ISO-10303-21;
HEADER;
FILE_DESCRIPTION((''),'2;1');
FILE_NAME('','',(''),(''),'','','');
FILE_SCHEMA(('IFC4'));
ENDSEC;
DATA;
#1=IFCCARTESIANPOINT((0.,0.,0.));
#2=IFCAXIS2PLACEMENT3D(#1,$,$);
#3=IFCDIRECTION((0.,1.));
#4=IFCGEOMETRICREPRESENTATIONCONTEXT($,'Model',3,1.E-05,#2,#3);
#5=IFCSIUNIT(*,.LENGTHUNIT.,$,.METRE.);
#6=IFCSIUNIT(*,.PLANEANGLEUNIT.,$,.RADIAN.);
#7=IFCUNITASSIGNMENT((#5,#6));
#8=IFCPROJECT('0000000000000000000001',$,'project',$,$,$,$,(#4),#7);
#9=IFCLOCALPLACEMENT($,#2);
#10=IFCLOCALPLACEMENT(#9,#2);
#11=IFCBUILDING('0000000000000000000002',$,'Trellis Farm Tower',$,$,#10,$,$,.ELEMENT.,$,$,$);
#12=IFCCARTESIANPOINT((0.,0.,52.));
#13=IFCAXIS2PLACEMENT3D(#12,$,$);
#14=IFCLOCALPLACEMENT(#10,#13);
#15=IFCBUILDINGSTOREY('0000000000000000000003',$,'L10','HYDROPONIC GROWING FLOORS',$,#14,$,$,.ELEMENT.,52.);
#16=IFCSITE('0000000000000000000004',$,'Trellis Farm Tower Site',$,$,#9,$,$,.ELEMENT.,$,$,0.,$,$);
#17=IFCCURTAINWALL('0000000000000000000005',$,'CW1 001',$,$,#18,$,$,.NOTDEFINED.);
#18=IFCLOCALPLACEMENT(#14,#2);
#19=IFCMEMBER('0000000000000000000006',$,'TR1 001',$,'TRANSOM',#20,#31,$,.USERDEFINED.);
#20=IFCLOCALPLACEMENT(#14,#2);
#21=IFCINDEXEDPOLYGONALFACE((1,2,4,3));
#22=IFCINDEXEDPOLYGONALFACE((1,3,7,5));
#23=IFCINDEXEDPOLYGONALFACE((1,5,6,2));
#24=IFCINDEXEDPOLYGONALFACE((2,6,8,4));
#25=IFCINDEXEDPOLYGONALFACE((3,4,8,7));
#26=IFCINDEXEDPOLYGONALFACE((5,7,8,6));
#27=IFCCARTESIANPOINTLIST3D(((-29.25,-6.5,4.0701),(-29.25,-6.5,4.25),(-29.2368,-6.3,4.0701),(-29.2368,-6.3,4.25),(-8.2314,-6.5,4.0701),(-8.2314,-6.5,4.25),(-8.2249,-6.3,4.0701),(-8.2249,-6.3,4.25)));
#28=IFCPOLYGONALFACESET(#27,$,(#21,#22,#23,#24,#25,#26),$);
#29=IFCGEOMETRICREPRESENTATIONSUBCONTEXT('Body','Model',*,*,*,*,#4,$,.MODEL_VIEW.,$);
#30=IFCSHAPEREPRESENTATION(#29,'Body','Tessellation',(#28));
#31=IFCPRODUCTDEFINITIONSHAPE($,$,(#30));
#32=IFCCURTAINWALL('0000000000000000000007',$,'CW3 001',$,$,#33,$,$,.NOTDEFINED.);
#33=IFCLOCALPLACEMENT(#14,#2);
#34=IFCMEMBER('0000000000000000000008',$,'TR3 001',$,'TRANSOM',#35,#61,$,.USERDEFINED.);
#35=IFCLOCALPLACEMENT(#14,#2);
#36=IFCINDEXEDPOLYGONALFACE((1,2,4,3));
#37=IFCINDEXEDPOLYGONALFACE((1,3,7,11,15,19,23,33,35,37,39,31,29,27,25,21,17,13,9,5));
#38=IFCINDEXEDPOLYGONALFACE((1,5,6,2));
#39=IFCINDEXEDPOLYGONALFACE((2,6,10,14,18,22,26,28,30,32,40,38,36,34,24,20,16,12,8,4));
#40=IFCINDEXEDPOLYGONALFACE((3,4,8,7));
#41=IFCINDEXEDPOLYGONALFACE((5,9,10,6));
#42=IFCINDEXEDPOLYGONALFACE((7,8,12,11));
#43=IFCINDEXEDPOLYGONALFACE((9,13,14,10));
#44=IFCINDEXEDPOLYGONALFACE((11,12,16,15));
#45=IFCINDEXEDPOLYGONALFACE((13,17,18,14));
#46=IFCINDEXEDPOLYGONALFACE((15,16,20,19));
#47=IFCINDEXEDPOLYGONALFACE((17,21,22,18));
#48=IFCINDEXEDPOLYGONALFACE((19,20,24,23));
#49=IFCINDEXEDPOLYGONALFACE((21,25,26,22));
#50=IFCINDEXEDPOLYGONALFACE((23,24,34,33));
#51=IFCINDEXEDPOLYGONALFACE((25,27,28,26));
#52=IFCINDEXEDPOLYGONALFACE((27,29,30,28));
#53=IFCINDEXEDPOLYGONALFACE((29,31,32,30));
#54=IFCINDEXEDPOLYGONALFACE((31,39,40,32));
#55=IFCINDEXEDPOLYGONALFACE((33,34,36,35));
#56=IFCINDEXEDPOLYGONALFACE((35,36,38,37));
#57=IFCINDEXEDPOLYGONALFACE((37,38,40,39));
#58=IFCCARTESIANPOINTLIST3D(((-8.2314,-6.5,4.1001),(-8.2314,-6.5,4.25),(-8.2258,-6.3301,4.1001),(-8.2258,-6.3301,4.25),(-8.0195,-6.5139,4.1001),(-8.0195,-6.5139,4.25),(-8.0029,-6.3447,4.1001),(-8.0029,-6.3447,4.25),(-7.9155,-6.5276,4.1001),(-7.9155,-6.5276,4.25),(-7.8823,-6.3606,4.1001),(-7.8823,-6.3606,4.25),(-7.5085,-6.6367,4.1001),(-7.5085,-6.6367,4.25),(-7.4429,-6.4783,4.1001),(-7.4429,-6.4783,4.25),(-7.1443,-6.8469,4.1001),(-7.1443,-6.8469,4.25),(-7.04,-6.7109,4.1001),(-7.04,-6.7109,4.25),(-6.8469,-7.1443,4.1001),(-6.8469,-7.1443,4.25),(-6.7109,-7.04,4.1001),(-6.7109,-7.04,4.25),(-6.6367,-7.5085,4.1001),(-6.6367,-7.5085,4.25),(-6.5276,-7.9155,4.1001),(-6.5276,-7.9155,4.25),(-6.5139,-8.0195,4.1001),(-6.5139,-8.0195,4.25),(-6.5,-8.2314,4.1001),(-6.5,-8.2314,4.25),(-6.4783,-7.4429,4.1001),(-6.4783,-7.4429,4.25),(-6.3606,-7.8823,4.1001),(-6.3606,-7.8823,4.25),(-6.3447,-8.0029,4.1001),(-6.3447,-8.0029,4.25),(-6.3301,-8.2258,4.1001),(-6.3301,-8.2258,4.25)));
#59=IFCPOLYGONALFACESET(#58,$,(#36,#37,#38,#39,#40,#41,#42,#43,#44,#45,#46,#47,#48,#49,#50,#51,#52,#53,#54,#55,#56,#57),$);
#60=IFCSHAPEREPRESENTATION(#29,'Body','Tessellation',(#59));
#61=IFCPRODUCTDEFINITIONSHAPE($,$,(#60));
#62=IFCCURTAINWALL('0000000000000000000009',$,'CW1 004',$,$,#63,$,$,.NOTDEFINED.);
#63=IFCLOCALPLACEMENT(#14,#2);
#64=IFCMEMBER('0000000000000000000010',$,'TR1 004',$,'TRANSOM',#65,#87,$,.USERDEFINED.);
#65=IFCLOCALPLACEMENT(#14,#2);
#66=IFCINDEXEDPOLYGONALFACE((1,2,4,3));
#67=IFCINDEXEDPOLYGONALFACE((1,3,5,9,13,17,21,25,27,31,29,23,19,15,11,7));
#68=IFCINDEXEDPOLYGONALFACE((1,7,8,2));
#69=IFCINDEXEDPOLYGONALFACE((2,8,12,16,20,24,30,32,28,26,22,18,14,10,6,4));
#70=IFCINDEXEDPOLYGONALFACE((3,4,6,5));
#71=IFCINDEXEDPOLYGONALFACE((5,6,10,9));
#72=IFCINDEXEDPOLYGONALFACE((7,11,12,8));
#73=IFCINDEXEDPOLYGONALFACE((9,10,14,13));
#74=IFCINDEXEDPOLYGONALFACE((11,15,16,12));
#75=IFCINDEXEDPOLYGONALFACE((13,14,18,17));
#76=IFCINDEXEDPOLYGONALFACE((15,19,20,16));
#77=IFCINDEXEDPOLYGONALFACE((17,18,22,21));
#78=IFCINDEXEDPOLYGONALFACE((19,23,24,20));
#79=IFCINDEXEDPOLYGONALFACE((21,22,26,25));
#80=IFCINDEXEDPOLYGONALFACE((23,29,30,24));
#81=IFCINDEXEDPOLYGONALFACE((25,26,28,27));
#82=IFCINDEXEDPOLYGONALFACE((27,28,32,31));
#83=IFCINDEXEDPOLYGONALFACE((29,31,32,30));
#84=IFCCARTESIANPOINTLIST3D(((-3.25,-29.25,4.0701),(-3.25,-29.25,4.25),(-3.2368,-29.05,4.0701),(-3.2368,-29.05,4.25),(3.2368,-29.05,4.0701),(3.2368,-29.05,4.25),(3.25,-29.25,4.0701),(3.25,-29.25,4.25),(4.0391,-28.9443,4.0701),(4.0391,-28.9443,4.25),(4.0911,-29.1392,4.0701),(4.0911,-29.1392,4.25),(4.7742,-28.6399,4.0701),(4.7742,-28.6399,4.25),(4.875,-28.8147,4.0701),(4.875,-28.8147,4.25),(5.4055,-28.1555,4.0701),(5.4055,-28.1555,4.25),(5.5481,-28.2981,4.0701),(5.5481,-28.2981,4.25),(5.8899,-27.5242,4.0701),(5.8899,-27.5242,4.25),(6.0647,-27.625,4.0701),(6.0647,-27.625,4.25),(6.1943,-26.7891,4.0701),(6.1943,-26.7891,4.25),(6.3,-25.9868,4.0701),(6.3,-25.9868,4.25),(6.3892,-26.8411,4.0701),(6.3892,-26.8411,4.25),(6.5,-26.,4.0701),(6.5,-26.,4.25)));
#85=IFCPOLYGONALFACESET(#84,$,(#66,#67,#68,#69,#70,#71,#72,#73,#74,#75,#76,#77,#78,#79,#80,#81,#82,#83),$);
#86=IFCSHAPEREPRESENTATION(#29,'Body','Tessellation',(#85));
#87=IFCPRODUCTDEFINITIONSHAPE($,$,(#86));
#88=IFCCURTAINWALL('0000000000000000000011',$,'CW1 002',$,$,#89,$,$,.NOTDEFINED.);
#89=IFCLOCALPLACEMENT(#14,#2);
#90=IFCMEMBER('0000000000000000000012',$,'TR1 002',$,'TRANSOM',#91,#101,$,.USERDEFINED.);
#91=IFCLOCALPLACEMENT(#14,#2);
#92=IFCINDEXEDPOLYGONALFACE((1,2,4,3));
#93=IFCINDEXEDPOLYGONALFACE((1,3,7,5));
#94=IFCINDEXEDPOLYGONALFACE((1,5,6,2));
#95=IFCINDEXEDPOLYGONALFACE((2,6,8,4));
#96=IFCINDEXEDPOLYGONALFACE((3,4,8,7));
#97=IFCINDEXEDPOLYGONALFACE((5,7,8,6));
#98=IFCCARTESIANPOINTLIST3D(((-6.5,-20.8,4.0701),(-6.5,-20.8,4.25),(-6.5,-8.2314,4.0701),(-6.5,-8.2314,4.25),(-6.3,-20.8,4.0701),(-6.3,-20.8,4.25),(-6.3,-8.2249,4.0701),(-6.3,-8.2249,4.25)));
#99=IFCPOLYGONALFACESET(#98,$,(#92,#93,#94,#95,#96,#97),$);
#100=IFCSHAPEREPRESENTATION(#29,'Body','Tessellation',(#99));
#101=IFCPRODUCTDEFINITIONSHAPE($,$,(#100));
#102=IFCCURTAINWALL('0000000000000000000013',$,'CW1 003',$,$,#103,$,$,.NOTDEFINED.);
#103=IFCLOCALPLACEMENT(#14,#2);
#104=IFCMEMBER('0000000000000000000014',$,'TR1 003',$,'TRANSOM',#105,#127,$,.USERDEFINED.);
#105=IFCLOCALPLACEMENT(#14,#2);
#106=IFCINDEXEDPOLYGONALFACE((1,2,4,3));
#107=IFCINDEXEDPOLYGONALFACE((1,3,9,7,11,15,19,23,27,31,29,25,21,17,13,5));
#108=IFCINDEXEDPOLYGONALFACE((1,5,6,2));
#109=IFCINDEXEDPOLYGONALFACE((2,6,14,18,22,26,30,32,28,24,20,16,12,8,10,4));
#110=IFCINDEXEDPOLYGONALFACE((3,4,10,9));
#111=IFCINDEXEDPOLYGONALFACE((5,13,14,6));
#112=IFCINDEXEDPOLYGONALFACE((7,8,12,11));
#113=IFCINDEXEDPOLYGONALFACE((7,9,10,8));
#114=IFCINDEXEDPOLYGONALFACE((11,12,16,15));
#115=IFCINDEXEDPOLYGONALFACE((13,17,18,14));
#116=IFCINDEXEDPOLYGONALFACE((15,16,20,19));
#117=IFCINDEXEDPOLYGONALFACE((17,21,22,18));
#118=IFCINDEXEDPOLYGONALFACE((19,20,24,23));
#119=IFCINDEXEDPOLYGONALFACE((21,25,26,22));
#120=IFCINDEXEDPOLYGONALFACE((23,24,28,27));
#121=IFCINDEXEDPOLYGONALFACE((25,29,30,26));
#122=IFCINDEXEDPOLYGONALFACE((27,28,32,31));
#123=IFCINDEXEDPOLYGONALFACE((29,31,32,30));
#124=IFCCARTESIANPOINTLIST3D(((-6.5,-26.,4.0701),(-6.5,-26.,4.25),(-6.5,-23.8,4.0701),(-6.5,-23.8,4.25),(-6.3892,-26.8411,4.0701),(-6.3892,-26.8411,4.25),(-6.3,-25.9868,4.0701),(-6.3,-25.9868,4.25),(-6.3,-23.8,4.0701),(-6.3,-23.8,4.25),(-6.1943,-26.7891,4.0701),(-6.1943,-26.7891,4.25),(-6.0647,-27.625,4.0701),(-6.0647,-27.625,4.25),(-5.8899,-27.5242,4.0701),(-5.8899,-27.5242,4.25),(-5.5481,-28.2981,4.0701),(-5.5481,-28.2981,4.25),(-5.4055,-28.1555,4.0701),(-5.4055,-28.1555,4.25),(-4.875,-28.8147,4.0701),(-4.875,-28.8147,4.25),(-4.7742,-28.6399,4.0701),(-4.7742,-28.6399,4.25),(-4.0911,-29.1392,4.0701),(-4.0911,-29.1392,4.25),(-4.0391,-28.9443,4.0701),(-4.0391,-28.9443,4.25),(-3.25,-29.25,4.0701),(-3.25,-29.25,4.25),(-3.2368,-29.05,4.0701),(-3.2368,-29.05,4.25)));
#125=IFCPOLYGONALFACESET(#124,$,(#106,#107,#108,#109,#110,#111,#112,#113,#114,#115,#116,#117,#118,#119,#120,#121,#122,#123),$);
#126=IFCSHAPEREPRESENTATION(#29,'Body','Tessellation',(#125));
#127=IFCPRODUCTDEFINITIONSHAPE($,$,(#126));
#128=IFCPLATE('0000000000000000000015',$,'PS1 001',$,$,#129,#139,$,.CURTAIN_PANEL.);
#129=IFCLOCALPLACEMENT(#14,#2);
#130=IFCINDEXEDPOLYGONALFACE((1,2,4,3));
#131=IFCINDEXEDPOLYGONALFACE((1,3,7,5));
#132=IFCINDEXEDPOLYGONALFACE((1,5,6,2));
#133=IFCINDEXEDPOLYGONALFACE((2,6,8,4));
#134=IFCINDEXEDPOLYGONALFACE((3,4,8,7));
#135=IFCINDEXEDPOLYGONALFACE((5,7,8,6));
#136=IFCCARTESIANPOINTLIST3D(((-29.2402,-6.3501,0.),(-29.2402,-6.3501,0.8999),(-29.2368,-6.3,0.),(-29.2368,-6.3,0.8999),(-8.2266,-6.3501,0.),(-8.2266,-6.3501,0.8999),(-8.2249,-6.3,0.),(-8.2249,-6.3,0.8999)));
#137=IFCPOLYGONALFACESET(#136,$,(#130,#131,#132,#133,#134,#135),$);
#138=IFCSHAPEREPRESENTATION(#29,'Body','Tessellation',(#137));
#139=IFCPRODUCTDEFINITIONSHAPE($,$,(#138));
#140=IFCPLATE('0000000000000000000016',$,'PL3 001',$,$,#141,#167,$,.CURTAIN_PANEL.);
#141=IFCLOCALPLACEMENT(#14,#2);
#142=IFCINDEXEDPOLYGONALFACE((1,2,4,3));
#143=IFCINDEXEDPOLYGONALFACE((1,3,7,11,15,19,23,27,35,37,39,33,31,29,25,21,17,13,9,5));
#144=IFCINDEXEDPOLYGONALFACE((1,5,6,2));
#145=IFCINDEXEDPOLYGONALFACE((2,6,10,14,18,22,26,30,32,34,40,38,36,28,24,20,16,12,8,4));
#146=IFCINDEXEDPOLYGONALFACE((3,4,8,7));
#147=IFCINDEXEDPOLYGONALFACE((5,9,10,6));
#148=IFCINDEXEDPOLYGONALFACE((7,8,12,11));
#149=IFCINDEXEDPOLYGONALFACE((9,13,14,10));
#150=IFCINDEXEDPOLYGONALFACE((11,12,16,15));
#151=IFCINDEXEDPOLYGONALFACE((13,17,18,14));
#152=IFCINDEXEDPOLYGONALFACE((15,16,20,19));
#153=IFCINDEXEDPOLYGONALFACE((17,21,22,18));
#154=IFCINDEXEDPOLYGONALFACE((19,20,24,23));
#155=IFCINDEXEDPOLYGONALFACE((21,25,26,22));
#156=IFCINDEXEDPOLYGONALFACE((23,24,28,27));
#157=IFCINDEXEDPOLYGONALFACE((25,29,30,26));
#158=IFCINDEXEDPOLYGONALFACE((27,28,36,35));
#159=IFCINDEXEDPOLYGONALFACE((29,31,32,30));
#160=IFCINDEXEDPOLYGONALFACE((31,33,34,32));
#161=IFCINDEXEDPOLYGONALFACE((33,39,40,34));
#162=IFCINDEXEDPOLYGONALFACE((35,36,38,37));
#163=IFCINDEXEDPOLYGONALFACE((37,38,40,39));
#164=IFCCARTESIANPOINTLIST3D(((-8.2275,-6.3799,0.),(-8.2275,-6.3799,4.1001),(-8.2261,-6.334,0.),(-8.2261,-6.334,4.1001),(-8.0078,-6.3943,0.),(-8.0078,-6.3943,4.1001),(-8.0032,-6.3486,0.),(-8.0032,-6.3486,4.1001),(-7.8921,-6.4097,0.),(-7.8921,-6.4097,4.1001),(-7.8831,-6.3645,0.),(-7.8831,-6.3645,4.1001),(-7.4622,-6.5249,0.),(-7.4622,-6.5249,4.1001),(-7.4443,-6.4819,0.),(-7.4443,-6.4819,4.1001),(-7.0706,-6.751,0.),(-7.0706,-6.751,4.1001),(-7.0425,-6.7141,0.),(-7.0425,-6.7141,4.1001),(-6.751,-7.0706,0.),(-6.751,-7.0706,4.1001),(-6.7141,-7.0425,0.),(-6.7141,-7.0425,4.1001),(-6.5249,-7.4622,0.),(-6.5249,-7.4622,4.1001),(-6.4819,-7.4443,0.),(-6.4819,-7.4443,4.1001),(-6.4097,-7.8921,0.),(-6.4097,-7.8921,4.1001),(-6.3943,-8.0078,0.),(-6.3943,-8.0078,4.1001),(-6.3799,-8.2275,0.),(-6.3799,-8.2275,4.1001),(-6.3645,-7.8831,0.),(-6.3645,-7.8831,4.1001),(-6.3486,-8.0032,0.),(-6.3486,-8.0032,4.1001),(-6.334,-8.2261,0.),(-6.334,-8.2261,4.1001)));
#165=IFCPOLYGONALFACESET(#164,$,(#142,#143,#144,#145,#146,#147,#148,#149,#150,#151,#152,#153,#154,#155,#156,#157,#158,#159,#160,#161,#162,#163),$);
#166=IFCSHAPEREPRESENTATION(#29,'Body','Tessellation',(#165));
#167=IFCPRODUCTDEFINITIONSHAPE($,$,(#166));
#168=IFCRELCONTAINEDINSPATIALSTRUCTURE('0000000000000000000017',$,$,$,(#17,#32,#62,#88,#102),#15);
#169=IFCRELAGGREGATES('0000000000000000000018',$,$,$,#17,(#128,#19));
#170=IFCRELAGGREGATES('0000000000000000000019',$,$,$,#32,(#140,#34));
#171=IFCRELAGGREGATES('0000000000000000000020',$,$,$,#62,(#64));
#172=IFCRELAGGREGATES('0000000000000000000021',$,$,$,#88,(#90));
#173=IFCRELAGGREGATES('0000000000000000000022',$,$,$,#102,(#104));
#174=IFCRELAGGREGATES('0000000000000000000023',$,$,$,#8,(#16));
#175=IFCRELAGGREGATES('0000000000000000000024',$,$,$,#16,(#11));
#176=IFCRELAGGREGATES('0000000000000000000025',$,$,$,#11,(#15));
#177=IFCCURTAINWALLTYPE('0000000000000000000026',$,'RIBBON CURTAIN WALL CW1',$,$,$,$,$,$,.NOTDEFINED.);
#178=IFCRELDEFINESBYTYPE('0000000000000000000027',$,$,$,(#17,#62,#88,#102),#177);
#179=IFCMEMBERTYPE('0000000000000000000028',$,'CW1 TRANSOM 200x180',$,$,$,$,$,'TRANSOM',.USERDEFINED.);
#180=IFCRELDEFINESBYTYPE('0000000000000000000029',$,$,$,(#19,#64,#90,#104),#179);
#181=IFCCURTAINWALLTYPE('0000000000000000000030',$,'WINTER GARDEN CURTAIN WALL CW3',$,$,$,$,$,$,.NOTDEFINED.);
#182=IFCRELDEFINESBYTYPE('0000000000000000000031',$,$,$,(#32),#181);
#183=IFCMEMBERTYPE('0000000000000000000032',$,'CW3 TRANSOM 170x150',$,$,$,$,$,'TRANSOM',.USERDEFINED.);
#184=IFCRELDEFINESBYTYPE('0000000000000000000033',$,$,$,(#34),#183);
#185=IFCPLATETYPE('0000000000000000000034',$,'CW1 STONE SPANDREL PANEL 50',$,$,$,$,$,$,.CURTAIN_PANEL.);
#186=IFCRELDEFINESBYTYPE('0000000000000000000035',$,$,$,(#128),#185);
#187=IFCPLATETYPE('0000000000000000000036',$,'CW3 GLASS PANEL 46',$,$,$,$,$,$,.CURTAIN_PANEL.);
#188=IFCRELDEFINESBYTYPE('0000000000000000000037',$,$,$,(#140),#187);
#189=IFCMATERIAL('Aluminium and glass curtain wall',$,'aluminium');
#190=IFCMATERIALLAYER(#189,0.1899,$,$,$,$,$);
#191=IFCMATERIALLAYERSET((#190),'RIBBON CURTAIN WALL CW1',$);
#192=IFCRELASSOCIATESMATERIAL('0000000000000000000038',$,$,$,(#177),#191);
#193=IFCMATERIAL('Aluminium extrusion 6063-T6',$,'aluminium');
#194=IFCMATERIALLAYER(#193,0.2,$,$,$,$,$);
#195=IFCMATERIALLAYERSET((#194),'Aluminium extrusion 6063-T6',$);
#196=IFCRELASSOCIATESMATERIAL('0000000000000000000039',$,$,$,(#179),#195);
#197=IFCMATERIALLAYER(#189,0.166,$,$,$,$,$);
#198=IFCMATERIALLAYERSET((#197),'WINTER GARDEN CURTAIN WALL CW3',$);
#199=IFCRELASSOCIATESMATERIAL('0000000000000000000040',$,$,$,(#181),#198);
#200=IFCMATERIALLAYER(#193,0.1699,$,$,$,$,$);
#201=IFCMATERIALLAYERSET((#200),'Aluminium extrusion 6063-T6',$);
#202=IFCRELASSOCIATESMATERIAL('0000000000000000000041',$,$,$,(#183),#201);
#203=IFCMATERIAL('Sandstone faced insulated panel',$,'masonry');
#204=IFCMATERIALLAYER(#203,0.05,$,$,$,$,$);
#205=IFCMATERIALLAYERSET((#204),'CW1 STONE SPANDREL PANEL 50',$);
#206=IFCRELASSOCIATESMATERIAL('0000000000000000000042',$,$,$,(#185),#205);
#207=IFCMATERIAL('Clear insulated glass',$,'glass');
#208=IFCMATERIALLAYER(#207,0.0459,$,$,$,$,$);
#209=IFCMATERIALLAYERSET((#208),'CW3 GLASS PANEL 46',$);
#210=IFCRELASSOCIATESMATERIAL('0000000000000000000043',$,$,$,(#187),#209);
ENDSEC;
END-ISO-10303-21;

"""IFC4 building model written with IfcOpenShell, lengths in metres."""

from ifc_helpers import new_model, si_unit, direction, frame, origin, place, context, subcontext, project, spatial, polyline, outline, extrude, source, transform, mapped, material, layer, layer_set, type_object, element, aggregate, save


model = new_model("IFC4")

# Units and contexts
model_context = context("Model", 3, precision=1e-05, world=origin(), true_north=direction((0.0, 1.0)))
body_context = subcontext(model_context, "Body", "Model", "MODEL_VIEW")
ifc_project = project(units=[si_unit("LENGTHUNIT", "METRE"), si_unit("PLANEANGLEUNIT", "RADIAN")], contexts=[model_context])

# Site, building, storey
site_placement = place(None, origin())
site = spatial("IfcSite", under=ifc_project, at=site_placement, Name="Trellis Farm Tower Site", CompositionType="ELEMENT", RefElevation=0.0)
building_placement = place(site_placement, origin())
building = spatial("IfcBuilding", under=site, at=building_placement, Name="Trellis Farm Tower", CompositionType="ELEMENT")
storey_placement = place(building_placement, frame((0.0, 0.0, 52.0)))
storey = spatial("IfcBuildingStorey", under=building, at=storey_placement, Name="L10", Description="HYDROPONIC GROWING FLOORS", CompositionType="ELEMENT", Elevation=52.0)

# Curtain walls, members
ifc_material_1 = material(Name="Aluminium and glass curtain wall", Category="aluminium")
ifc_layer_1 = layer(ifc_material_1, 0.1899)
ifc_layer_set_1 = layer_set([ifc_layer_1], Name="RIBBON CURTAIN WALL CW1")
curtain_wall_type_1 = type_object("IfcCurtainWallType", Name="RIBBON CURTAIN WALL CW1", PredefinedType="NOTDEFINED", material=ifc_layer_set_1)
placement_1 = place(storey_placement, origin())
curtain_wall_1 = element("IfcCurtainWall", 1, at=placement_1, inside=storey, type_object=curtain_wall_type_1, Name="CW1 001", PredefinedType="NOTDEFINED")
ifc_material_2 = material(Name="Aluminium extrusion 6063-T6", Category="aluminium")
ifc_layer_2 = layer(ifc_material_2, 0.2)
ifc_layer_set_2 = layer_set([ifc_layer_2], Name="Aluminium extrusion 6063-T6")
member_type_1 = type_object("IfcMemberType", Name="CW1 TRANSOM 200x180", ElementType="TRANSOM", PredefinedType="USERDEFINED", material=ifc_layer_set_2)
shared_shape_1 = source(origin(), body_context, "Body", "SweptSolid", [
    extrude(outline(polyline([(-29.25, -6.5), (-8.2314, -6.5), (-8.2249, -6.3), (-29.2368, -6.3), (-29.25, -6.5)])), origin(), (0.0, 0.0, 1.0), 0.1799),
])
placement_2 = place(storey_placement, frame((0.0, 0.0, 4.0701)))
member_1 = element("IfcMember", 2, at=placement_2, type_object=member_type_1, Name="TR1 001", ObjectType="TRANSOM", PredefinedType="USERDEFINED", context=body_context, shape_type="MappedRepresentation", body=[
    mapped(shared_shape_1, transform((0.0, 0.0, 0.0))),
])
ifc_layer_3 = layer(ifc_material_1, 0.166)
ifc_layer_set_3 = layer_set([ifc_layer_3], Name="WINTER GARDEN CURTAIN WALL CW3")
curtain_wall_type_2 = type_object("IfcCurtainWallType", Name="WINTER GARDEN CURTAIN WALL CW3", PredefinedType="NOTDEFINED", material=ifc_layer_set_3)
curtain_wall_2 = element("IfcCurtainWall", 3, at=placement_1, inside=storey, type_object=curtain_wall_type_2, Name="CW3 001", PredefinedType="NOTDEFINED")
ifc_layer_4 = layer(ifc_material_2, 0.1699)
ifc_layer_set_4 = layer_set([ifc_layer_4], Name="Aluminium extrusion 6063-T6")
member_type_2 = type_object("IfcMemberType", Name="CW3 TRANSOM 170x150", ElementType="TRANSOM", PredefinedType="USERDEFINED", material=ifc_layer_set_4)
shared_shape_2 = source(origin(), body_context, "Body", "SweptSolid", [
    extrude(outline(polyline([(-8.2314, -6.5), (-8.0195, -6.5139), (-7.9155, -6.5276), (-7.5085, -6.6367), (-7.1443, -6.8469), (-6.8469, -7.1443), (-6.6367, -7.5085), (-6.5276, -7.9155), (-6.5139, -8.0195), (-6.5, -8.2314), (-6.3301, -8.2258), (-6.3447, -8.0029), (-6.3606, -7.8823), (-6.4783, -7.4429), (-6.7109, -7.04), (-7.04, -6.7109), (-7.4429, -6.4783), (-7.8823, -6.3606), (-8.0029, -6.3447), (-8.2258, -6.3301), (-8.2314, -6.5)])), origin(), (0.0, 0.0, 1.0), 0.1499),
])
member_2_placement = place(storey_placement, frame((0.0, 0.0, 4.1001)))
member_2 = element("IfcMember", 4, at=member_2_placement, type_object=member_type_2, Name="TR3 001", ObjectType="TRANSOM", PredefinedType="USERDEFINED", context=body_context, shape_type="MappedRepresentation", body=[
    mapped(shared_shape_2, transform((0.0, 0.0, 0.0))),
])
curtain_wall_3 = element("IfcCurtainWall", 5, at=placement_1, inside=storey, type_object=curtain_wall_type_1, Name="CW1 004", PredefinedType="NOTDEFINED")
shared_shape_3 = source(origin(), body_context, "Body", "SweptSolid", [
    extrude(outline(polyline([(-3.25, -29.25), (3.25, -29.25), (4.0911, -29.1392), (4.875, -28.8147), (5.5481, -28.2981), (6.0647, -27.625), (6.3892, -26.8411), (6.5, -26.0), (6.3, -25.9868), (6.1943, -26.7891), (5.8899, -27.5242), (5.4055, -28.1555), (4.7742, -28.6399), (4.0391, -28.9443), (3.2368, -29.05), (-3.2368, -29.05), (-3.25, -29.25)])), origin(), (0.0, 0.0, 1.0), 0.1799),
])
member_3 = element("IfcMember", 6, at=placement_2, type_object=member_type_1, Name="TR1 004", ObjectType="TRANSOM", PredefinedType="USERDEFINED", context=body_context, shape_type="MappedRepresentation", body=[
    mapped(shared_shape_3, transform((0.0, 0.0, 0.0))),
])
curtain_wall_4 = element("IfcCurtainWall", 7, at=placement_1, inside=storey, type_object=curtain_wall_type_1, Name="CW1 002", PredefinedType="NOTDEFINED")
shared_shape_4 = source(origin(), body_context, "Body", "SweptSolid", [
    extrude(outline(polyline([(-6.5, -8.2314), (-6.5, -20.8), (-6.3, -20.8), (-6.3, -8.2249), (-6.5, -8.2314)])), origin(), (0.0, 0.0, 1.0), 0.1799),
])
member_4 = element("IfcMember", 8, at=placement_2, type_object=member_type_1, Name="TR1 002", ObjectType="TRANSOM", PredefinedType="USERDEFINED", context=body_context, shape_type="MappedRepresentation", body=[
    mapped(shared_shape_4, transform((0.0, 0.0, 0.0))),
])
curtain_wall_5 = element("IfcCurtainWall", 9, at=placement_1, inside=storey, type_object=curtain_wall_type_1, Name="CW1 003", PredefinedType="NOTDEFINED")
shared_shape_5 = source(origin(), body_context, "Body", "SweptSolid", [
    extrude(outline(polyline([(-6.5, -23.8), (-6.5, -26.0), (-6.3892, -26.8411), (-6.0647, -27.625), (-5.5481, -28.2981), (-4.875, -28.8147), (-4.0911, -29.1392), (-3.25, -29.25), (-3.2368, -29.05), (-4.0391, -28.9443), (-4.7742, -28.6399), (-5.4055, -28.1555), (-5.8899, -27.5242), (-6.1943, -26.7891), (-6.3, -25.9868), (-6.3, -23.8), (-6.5, -23.8)])), origin(), (0.0, 0.0, 1.0), 0.1799),
])
member_5 = element("IfcMember", 10, at=placement_2, type_object=member_type_1, Name="TR1 003", ObjectType="TRANSOM", PredefinedType="USERDEFINED", context=body_context, shape_type="MappedRepresentation", body=[
    mapped(shared_shape_5, transform((0.0, 0.0, 0.0))),
])

# Plates
ifc_material_3 = material(Name="Sandstone faced insulated panel", Category="masonry")
ifc_layer_5 = layer(ifc_material_3, 0.05)
ifc_layer_set_5 = layer_set([ifc_layer_5], Name="CW1 STONE SPANDREL PANEL 50")
plate_type_1 = type_object("IfcPlateType", Name="CW1 STONE SPANDREL PANEL 50", PredefinedType="CURTAIN_PANEL", material=ifc_layer_set_5)
shared_shape_6 = source(origin(), body_context, "Body", "SweptSolid", [
    extrude(outline(polyline([(-29.2402, -6.3501), (-8.2266, -6.3501), (-8.2249, -6.3), (-29.2368, -6.3), (-29.2402, -6.3501)])), origin(), (0.0, 0.0, 1.0), 0.8999),
])
plate_1 = element("IfcPlate", 11, at=placement_1, type_object=plate_type_1, Name="PS1 001", PredefinedType="CURTAIN_PANEL", context=body_context, shape_type="MappedRepresentation", body=[
    mapped(shared_shape_6, transform((0.0, 0.0, 0.0))),
])
aggregate(curtain_wall_1, [plate_1, member_1])
ifc_material_4 = material(Name="Clear insulated glass", Category="glass")
ifc_layer_6 = layer(ifc_material_4, 0.0459)
ifc_layer_set_6 = layer_set([ifc_layer_6], Name="CW3 GLASS PANEL 46")
plate_type_2 = type_object("IfcPlateType", Name="CW3 GLASS PANEL 46", PredefinedType="CURTAIN_PANEL", material=ifc_layer_set_6)
shared_shape_7 = source(origin(), body_context, "Body", "SweptSolid", [
    extrude(outline(polyline([(-8.2275, -6.3799), (-8.0078, -6.3943), (-7.8921, -6.4097), (-7.4622, -6.5249), (-7.0706, -6.751), (-6.751, -7.0706), (-6.5249, -7.4622), (-6.4097, -7.8921), (-6.3943, -8.0078), (-6.3799, -8.2275), (-6.334, -8.2261), (-6.3486, -8.0032), (-6.3645, -7.8831), (-6.4819, -7.4443), (-6.7141, -7.0425), (-7.0425, -6.7141), (-7.4443, -6.4819), (-7.8831, -6.3645), (-8.0032, -6.3486), (-8.2261, -6.334), (-8.2275, -6.3799)])), origin(), (0.0, 0.0, 1.0), 4.1001),
])
plate_2 = element("IfcPlate", 12, at=placement_1, type_object=plate_type_2, Name="PL3 001", PredefinedType="CURTAIN_PANEL", context=body_context, shape_type="MappedRepresentation", body=[
    mapped(shared_shape_7, transform((0.0, 0.0, 0.0))),
])
aggregate(curtain_wall_2, [plate_2, member_2])
aggregate(curtain_wall_3, [member_3])

aggregate(curtain_wall_4, [member_4])
aggregate(curtain_wall_5, [member_5])

save(model, "model.ifc")
